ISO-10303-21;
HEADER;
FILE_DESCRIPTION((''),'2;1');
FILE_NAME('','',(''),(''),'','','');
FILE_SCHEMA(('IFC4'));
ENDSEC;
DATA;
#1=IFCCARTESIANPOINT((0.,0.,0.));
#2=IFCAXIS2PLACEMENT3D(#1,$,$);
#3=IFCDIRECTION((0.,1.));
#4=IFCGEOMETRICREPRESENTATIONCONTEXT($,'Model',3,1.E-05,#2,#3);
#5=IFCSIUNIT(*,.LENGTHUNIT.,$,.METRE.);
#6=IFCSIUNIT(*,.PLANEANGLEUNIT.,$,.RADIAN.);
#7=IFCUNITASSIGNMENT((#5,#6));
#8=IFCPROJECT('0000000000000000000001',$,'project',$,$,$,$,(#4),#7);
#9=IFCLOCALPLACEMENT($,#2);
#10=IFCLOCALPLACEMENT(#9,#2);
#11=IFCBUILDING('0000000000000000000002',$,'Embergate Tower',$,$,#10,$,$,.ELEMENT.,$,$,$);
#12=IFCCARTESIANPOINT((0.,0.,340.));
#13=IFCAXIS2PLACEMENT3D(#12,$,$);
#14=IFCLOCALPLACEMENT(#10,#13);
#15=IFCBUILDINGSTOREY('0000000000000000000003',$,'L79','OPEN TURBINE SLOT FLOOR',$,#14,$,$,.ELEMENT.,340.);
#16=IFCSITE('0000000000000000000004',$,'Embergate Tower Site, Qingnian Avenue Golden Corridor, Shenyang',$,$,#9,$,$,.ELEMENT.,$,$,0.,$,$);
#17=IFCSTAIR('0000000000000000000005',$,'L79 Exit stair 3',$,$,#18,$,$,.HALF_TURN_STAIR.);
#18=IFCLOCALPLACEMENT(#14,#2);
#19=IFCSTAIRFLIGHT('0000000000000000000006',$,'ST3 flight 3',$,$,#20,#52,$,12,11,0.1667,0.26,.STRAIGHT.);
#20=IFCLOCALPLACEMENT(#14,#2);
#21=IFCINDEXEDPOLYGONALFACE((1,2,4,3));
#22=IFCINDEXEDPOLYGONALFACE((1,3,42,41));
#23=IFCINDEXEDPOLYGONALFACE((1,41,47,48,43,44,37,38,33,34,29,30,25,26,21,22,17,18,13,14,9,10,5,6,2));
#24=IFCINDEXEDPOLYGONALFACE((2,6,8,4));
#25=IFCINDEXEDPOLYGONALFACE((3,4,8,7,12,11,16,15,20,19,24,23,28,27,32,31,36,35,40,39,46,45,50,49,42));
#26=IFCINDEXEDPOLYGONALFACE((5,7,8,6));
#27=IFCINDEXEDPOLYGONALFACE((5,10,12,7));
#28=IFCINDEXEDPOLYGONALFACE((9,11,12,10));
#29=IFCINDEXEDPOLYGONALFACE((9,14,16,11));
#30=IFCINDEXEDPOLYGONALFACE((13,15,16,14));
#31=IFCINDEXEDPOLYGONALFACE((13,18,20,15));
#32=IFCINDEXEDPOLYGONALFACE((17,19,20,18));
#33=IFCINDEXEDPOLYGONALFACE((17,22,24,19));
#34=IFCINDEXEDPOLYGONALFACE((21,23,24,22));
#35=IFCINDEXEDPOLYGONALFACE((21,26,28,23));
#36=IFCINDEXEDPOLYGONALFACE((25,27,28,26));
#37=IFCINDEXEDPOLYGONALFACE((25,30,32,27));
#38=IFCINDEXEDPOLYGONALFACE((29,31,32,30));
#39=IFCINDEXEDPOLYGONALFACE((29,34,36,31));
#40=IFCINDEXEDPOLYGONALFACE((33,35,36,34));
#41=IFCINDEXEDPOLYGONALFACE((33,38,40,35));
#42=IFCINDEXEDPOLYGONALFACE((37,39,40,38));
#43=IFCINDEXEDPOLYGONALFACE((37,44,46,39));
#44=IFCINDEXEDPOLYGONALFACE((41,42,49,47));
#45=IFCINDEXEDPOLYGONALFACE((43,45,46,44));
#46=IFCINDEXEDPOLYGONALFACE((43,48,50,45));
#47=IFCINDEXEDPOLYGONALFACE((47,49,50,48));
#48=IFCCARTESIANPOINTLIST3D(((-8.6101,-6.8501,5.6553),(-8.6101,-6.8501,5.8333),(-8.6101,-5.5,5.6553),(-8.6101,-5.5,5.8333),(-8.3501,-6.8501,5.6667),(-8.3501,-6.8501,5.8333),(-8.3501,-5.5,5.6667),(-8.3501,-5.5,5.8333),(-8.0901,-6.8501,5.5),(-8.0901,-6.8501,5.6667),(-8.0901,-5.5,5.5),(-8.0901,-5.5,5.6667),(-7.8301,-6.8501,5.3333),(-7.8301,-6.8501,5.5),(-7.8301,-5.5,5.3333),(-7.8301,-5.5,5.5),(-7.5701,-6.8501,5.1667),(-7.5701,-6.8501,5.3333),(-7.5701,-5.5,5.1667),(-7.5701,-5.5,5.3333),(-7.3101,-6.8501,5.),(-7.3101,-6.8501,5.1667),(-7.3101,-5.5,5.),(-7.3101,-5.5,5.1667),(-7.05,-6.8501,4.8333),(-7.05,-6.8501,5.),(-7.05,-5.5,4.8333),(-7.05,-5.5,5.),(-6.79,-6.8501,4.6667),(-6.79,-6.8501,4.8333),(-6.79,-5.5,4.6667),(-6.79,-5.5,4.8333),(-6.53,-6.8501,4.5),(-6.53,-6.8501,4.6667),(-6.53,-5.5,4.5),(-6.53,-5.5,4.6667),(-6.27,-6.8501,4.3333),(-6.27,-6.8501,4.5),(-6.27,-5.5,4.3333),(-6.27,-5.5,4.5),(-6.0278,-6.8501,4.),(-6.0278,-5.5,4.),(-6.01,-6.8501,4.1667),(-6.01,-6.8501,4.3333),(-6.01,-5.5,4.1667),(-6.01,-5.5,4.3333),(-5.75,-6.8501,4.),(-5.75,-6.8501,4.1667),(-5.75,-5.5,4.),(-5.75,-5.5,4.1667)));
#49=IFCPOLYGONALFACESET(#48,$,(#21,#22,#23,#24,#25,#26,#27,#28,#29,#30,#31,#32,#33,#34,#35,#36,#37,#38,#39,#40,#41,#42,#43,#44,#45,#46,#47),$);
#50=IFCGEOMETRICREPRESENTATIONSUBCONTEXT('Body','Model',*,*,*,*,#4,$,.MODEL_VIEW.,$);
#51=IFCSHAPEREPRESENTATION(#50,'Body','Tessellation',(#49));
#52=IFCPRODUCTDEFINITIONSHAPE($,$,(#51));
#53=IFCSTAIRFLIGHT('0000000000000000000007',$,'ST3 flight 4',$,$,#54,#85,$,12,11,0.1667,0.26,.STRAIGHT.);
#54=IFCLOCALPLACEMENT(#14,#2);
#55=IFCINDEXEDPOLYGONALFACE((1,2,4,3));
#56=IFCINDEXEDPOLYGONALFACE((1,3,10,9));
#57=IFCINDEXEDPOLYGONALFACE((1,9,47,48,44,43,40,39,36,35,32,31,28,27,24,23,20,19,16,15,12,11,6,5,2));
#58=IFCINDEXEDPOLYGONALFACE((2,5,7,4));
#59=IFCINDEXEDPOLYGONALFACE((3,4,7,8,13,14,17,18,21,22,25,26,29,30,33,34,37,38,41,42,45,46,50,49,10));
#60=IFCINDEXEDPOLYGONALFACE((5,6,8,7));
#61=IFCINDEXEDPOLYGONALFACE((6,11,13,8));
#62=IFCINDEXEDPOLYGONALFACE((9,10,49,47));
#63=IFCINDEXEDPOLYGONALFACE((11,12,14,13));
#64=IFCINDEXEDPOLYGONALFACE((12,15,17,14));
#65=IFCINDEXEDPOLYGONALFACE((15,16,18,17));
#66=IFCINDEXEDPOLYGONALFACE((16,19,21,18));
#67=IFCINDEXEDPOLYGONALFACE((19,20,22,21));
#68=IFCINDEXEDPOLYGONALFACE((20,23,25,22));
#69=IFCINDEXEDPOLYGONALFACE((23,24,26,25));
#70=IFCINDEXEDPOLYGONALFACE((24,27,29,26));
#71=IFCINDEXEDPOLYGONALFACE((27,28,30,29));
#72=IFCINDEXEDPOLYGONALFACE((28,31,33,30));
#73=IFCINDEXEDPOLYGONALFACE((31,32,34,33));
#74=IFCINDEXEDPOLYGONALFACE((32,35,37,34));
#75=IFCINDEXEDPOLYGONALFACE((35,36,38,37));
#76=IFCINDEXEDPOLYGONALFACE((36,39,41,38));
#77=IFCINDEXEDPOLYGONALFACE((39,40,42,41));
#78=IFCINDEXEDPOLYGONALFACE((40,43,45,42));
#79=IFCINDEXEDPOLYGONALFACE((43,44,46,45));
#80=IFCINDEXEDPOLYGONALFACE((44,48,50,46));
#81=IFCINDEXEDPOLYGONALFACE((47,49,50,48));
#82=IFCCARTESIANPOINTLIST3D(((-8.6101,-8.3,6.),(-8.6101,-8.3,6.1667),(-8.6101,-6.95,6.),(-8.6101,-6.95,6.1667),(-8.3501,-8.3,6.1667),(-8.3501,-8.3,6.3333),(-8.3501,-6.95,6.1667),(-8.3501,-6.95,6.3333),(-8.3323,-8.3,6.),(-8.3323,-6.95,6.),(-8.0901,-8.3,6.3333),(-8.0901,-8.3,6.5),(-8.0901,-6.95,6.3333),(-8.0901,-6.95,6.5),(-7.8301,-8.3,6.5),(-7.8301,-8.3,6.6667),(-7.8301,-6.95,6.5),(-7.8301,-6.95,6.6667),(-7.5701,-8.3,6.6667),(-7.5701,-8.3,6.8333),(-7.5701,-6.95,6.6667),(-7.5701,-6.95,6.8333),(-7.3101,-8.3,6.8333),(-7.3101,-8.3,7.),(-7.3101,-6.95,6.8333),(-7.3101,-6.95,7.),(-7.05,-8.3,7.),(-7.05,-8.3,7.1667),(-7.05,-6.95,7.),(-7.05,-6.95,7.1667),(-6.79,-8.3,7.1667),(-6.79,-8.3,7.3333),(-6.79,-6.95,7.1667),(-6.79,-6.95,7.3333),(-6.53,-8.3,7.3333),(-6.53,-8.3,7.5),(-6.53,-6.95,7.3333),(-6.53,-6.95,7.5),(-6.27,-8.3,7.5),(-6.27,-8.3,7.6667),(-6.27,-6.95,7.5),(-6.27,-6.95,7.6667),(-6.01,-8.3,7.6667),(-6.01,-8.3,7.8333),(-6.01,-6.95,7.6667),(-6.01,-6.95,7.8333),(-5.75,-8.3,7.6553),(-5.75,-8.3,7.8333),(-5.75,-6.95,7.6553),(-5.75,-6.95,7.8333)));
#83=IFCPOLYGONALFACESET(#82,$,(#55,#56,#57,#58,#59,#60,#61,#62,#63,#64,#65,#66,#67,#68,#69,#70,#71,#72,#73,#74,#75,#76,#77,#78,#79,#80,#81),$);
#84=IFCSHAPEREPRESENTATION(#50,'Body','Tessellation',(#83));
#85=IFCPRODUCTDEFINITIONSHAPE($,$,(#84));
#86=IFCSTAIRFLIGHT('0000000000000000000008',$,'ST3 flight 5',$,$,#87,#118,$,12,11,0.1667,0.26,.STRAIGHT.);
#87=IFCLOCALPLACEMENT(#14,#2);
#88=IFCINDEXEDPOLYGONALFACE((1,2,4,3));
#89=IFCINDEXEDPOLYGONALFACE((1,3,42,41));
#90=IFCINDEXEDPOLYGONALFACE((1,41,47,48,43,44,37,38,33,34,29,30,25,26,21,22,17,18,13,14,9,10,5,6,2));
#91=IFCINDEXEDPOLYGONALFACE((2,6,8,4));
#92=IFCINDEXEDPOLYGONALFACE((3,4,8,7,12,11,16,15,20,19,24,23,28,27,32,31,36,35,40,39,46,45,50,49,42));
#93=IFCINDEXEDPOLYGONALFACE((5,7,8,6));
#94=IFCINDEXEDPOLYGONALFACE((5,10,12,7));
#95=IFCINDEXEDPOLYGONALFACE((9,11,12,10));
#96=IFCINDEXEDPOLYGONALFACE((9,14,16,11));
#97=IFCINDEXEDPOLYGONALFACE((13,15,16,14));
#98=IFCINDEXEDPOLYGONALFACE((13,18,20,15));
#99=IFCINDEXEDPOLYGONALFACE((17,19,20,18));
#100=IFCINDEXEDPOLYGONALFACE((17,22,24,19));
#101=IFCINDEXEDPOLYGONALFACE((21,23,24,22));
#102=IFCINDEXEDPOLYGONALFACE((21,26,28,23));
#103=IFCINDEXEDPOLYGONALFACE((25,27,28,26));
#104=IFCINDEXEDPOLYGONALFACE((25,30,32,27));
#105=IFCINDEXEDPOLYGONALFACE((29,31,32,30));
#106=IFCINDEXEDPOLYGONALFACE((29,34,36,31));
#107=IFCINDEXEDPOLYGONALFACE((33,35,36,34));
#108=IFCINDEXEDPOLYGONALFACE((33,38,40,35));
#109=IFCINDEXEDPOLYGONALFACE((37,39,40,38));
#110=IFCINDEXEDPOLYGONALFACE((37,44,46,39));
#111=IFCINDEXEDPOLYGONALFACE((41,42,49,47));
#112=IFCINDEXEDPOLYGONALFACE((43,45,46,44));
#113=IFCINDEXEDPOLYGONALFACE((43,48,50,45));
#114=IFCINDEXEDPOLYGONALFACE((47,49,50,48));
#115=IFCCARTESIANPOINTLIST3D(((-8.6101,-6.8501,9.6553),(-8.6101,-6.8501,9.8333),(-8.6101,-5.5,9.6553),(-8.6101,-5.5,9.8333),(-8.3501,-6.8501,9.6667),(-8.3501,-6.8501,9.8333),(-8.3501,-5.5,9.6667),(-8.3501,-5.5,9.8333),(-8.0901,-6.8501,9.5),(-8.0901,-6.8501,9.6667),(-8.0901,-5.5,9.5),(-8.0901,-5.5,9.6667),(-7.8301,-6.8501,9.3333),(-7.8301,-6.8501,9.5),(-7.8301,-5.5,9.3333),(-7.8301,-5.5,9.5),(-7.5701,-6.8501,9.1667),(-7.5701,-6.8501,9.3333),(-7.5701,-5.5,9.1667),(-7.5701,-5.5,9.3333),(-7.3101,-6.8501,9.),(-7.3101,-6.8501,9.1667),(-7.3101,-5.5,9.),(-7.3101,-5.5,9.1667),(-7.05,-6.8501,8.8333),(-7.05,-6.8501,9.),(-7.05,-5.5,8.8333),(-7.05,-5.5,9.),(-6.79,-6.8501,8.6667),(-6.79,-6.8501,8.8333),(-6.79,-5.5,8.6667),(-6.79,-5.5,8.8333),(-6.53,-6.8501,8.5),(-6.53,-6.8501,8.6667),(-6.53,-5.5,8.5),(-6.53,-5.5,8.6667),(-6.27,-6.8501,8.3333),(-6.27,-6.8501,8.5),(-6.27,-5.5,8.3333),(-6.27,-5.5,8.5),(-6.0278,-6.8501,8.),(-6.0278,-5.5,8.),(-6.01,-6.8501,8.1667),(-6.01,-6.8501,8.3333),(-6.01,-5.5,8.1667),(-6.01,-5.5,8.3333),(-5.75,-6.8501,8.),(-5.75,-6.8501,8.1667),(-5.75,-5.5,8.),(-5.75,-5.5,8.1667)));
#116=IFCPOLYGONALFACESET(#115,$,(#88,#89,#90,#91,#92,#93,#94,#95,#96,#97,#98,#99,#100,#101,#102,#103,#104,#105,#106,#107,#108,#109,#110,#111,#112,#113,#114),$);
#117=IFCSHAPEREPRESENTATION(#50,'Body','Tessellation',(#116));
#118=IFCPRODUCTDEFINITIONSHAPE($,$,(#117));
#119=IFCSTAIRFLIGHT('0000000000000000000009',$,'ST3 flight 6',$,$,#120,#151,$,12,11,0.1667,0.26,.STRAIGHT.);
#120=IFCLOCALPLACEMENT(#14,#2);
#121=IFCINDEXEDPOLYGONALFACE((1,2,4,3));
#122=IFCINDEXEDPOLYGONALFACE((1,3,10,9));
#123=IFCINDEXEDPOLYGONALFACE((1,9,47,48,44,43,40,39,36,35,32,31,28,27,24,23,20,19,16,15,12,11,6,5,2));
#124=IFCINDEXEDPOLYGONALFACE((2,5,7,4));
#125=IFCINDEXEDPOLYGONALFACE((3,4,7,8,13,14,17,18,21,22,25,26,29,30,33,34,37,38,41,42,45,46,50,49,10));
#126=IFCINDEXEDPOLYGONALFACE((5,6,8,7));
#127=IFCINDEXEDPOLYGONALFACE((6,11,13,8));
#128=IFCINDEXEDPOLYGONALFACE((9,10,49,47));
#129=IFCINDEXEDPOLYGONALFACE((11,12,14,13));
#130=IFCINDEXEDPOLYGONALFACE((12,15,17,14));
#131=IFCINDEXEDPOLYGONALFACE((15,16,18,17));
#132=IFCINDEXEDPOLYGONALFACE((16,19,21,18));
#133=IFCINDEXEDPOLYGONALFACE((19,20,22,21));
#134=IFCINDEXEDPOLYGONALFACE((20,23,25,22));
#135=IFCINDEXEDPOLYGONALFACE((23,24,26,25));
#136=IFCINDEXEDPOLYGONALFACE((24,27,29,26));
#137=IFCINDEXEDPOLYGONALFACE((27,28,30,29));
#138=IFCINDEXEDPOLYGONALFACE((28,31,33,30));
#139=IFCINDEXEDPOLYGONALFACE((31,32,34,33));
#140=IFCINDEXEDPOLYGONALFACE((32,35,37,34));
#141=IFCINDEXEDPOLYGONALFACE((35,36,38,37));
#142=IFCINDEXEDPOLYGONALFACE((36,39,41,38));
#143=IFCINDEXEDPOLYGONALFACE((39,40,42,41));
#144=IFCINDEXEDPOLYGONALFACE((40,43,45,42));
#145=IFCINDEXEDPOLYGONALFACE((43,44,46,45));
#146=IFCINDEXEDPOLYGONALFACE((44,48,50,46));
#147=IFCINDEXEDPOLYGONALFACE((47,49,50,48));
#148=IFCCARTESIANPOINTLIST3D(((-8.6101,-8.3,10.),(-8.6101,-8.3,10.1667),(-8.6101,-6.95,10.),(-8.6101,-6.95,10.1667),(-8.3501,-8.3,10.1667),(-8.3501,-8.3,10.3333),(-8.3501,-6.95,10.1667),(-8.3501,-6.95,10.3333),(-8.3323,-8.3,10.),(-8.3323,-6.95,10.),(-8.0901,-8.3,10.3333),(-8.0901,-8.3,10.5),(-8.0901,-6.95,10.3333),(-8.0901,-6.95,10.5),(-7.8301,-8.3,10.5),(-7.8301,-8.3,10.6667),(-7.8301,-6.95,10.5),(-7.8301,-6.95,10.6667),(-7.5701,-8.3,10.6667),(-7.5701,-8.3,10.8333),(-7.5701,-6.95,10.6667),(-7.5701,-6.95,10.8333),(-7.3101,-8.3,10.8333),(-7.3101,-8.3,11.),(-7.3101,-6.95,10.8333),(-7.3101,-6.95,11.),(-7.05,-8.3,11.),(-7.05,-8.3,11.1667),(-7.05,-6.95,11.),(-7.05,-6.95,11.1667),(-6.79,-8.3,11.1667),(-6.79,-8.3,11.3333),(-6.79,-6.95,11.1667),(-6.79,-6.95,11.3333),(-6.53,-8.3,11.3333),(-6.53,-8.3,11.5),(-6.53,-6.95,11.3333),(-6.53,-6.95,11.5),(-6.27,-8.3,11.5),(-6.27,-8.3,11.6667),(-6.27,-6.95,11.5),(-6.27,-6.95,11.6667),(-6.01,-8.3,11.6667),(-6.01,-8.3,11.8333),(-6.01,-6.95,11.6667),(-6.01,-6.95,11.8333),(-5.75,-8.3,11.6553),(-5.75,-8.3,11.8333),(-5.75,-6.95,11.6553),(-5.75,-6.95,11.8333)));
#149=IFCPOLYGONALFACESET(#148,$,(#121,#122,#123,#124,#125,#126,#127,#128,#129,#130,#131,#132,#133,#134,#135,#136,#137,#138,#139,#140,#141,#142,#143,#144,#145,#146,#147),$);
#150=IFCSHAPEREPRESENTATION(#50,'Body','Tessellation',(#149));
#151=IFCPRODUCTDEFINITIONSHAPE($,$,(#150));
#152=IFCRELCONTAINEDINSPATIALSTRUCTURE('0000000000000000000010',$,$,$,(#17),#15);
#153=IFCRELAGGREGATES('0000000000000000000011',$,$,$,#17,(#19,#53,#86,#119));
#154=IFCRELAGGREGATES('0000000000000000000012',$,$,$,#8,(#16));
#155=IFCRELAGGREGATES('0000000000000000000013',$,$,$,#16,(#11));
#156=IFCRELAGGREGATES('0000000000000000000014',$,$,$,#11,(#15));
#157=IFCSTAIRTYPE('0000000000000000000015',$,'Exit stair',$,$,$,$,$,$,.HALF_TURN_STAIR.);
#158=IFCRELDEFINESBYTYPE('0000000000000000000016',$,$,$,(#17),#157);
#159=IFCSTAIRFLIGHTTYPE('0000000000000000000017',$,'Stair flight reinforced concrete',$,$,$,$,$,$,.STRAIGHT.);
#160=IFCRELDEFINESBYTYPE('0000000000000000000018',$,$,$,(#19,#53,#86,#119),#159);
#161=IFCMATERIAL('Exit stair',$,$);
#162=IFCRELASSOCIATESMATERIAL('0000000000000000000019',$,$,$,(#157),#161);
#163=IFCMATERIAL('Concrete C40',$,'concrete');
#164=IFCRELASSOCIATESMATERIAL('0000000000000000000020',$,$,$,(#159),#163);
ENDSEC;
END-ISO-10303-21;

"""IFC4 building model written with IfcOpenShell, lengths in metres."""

from ifc_helpers import new_model, si_unit, direction, frame, origin, place, context, subcontext, project, spatial, polyline, outline, extrude, source, transform, mapped, material, type_object, element, aggregate, save


model = new_model("IFC4")

# Units and contexts
model_context = context("Model", 3, precision=1e-05, world=origin(), true_north=direction((0.0, 1.0)))
body_context = subcontext(model_context, "Body", "Model", "MODEL_VIEW")
ifc_project = project(units=[si_unit("LENGTHUNIT", "METRE"), si_unit("PLANEANGLEUNIT", "RADIAN")], contexts=[model_context])

# Site, building, storey
site_placement = place(None, origin())
site = spatial("IfcSite", under=ifc_project, at=site_placement, Name="Embergate Tower Site, Qingnian Avenue Golden Corridor, Shenyang", CompositionType="ELEMENT", RefElevation=0.0)
building_placement = place(site_placement, origin())
building = spatial("IfcBuilding", under=site, at=building_placement, Name="Embergate Tower", CompositionType="ELEMENT")
storey_placement = place(building_placement, frame((0.0, 0.0, 340.0)))
storey = spatial("IfcBuildingStorey", under=building, at=storey_placement, Name="L79", Description="OPEN TURBINE SLOT FLOOR", CompositionType="ELEMENT", Elevation=340.0)

# Stair
ifc_material_1 = material(Name="Exit stair")
stair_type = type_object("IfcStairType", Name="Exit stair", PredefinedType="HALF_TURN_STAIR", material=ifc_material_1)
stair_placement = place(storey_placement, origin())
stair = element("IfcStair", 1, at=stair_placement, inside=storey, type_object=stair_type, Name="L79 Exit stair 3", PredefinedType="HALF_TURN_STAIR")
ifc_material_2 = material(Name="Concrete C40", Category="concrete")

# Stair flights
stair_flight_type = type_object("IfcStairFlightType", Name="Stair flight reinforced concrete", PredefinedType="STRAIGHT", material=ifc_material_2)
shared_shape_1 = source(origin(), body_context, "Body", "SweptSolid", [
    extrude(outline(polyline([(0.0, 0.0), (0.0, 0.1667), (0.26, 0.1667), (0.26, 0.3333), (0.52, 0.3333), (0.52, 0.5), (0.78, 0.5), (0.78, 0.6667), (1.04, 0.6667), (1.04, 0.8333), (1.3, 0.8333), (1.3, 1.0), (1.5601, 1.0), (1.5601, 1.1667), (1.8201, 1.1667), (1.8201, 1.3333), (2.0801, 1.3333), (2.0801, 1.5), (2.3401, 1.5), (2.3401, 1.6667), (2.6001, 1.6667), (2.6001, 1.8333), (2.8601, 1.8333), (2.8601, 2.0), (2.8601, 1.6553), (0.2778, 0.0), (0.0, 0.0)])), frame((0.0, 0.675, 0.0), z_axis=(0.0, -1.0, 0.0), x_axis=(1.0, 0.0, 0.0)), (0.0, 0.0, 1.0), 1.3501),
])
stair_flight_1_placement = place(storey_placement, frame((-5.75, -6.175, 4.0), z_axis=(0.0, 0.0, 1.0), x_axis=(-1.0, 0.0, 0.0)))
stair_flight_1 = element("IfcStairFlight", 2, at=stair_flight_1_placement, type_object=stair_flight_type, Name="ST3 flight 3", NumberOfRisers=12, NumberOfTreads=11, PredefinedType="STRAIGHT", RiserHeight=0.1667, TreadLength=0.26, context=body_context, shape_type="MappedRepresentation", body=[
    mapped(shared_shape_1, transform((0.0, 0.0, 0.0))),
])
stair_flight_2_placement = place(storey_placement, frame((-8.6101, -7.625, 6.0), z_axis=(0.0, 0.0, 1.0), x_axis=(1.0, 0.0, 0.0)))
stair_flight_2 = element("IfcStairFlight", 3, at=stair_flight_2_placement, type_object=stair_flight_type, Name="ST3 flight 4", NumberOfRisers=12, NumberOfTreads=11, PredefinedType="STRAIGHT", RiserHeight=0.1667, TreadLength=0.26, context=body_context, shape_type="MappedRepresentation", body=[
    mapped(shared_shape_1, transform((0.0, 0.0, 0.0))),
])
stair_flight_3_placement = place(storey_placement, frame((-5.75, -6.175, 8.0), z_axis=(0.0, 0.0, 1.0), x_axis=(-1.0, 0.0, 0.0)))
stair_flight_3 = element("IfcStairFlight", 4, at=stair_flight_3_placement, type_object=stair_flight_type, Name="ST3 flight 5", NumberOfRisers=12, NumberOfTreads=11, PredefinedType="STRAIGHT", RiserHeight=0.1667, TreadLength=0.26, context=body_context, shape_type="MappedRepresentation", body=[
    mapped(shared_shape_1, transform((0.0, 0.0, 0.0))),
])
stair_flight_4_placement = place(storey_placement, frame((-8.6101, -7.625, 10.0), z_axis=(0.0, 0.0, 1.0), x_axis=(1.0, 0.0, 0.0)))
stair_flight_4 = element("IfcStairFlight", 5, at=stair_flight_4_placement, type_object=stair_flight_type, Name="ST3 flight 6", NumberOfRisers=12, NumberOfTreads=11, PredefinedType="STRAIGHT", RiserHeight=0.1667, TreadLength=0.26, context=body_context, shape_type="MappedRepresentation", body=[
    mapped(shared_shape_1, transform((0.0, 0.0, 0.0))),
])
aggregate(stair, [stair_flight_1, stair_flight_2, stair_flight_3, stair_flight_4])

save(model, "model.ifc")
